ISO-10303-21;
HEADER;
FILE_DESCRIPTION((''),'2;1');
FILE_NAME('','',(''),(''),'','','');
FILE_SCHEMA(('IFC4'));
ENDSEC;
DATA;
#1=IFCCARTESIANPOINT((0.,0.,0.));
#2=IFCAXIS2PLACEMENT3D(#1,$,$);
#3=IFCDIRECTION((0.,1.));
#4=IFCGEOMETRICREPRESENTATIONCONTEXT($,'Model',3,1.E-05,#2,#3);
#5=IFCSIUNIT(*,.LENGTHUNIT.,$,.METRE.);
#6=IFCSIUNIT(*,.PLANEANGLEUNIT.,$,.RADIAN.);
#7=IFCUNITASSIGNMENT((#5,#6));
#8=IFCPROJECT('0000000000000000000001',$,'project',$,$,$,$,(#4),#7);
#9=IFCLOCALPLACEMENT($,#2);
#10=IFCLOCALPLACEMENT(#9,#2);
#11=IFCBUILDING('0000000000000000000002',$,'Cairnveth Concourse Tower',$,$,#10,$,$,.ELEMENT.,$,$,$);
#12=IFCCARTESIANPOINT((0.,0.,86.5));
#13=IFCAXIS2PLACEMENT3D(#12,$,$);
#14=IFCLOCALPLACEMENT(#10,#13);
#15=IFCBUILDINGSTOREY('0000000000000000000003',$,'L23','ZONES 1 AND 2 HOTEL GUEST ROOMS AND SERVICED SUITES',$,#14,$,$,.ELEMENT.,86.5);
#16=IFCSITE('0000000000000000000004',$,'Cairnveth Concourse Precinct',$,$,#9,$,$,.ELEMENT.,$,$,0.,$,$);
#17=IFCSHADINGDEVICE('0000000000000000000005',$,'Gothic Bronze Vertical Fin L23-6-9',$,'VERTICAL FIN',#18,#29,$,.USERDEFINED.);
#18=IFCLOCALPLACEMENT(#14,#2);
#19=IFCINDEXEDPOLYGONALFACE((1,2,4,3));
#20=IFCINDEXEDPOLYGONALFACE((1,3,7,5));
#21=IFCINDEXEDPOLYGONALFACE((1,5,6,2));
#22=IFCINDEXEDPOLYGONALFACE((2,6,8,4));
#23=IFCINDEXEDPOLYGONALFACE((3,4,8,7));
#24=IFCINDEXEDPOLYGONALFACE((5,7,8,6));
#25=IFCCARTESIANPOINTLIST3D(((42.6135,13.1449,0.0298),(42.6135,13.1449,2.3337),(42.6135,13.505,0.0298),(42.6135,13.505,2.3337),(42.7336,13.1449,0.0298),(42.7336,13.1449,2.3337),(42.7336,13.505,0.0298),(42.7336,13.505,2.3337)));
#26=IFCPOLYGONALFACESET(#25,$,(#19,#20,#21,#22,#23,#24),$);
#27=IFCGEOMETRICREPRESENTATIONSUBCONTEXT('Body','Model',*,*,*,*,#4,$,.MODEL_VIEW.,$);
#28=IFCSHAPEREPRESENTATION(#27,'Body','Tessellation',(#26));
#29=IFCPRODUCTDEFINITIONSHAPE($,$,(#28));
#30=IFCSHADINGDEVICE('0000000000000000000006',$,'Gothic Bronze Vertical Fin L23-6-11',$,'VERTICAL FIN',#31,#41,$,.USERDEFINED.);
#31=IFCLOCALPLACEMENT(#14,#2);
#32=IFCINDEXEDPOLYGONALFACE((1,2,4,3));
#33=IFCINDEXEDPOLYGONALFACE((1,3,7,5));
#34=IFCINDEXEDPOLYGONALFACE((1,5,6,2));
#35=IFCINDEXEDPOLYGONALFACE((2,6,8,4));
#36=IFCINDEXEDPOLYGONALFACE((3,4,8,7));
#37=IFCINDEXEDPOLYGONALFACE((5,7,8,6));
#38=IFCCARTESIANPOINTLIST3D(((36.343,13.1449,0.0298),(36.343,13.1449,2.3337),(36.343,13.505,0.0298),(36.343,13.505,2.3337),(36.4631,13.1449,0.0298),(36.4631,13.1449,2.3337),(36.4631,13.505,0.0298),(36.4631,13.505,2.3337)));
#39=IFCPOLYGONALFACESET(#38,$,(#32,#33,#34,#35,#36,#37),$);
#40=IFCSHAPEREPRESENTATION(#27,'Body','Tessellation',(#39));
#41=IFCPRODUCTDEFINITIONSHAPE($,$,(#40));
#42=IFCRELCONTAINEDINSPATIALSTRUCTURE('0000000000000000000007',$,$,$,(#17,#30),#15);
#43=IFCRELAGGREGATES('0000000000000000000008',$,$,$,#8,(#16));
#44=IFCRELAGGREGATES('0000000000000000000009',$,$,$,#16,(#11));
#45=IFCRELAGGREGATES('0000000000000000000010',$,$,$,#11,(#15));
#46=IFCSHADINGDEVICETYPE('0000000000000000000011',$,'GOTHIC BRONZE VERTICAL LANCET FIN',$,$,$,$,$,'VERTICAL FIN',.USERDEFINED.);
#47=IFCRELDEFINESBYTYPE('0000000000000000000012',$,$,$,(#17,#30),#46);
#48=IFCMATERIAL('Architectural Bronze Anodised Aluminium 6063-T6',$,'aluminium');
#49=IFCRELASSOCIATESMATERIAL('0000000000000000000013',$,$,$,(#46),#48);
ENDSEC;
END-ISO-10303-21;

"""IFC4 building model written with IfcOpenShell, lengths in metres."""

from ifc_helpers import new_model, si_unit, direction, frame, origin, origin_2d, place, context, subcontext, project, spatial, rectangle, extrude, material, type_object, element, save


model = new_model("IFC4")

# Units and contexts
model_context = context("Model", 3, precision=1e-05, world=origin(), true_north=direction((0.0, 1.0)))
body_context = subcontext(model_context, "Body", "Model", "MODEL_VIEW")
ifc_project = project(units=[si_unit("LENGTHUNIT", "METRE"), si_unit("PLANEANGLEUNIT", "RADIAN")], contexts=[model_context])

# Site, building, storey
site_placement = place(None, origin())
site = spatial("IfcSite", under=ifc_project, at=site_placement, Name="Cairnveth Concourse Precinct", CompositionType="ELEMENT", RefElevation=0.0)
building_placement = place(site_placement, origin())
building = spatial("IfcBuilding", under=site, at=building_placement, Name="Cairnveth Concourse Tower", CompositionType="ELEMENT")
storey_placement = place(building_placement, frame((0.0, 0.0, 86.5)))
storey = spatial("IfcBuildingStorey", under=building, at=storey_placement, Name="L23", Description="ZONES 1 AND 2 HOTEL GUEST ROOMS AND SERVICED SUITES", CompositionType="ELEMENT", Elevation=86.5)

# Shading devices
ifc_material_1 = material(Name="Architectural Bronze Anodised Aluminium 6063-T6", Category="aluminium")
shading_device_type = type_object("IfcShadingDeviceType", Name="GOTHIC BRONZE VERTICAL LANCET FIN", ElementType="VERTICAL FIN", PredefinedType="USERDEFINED", material=ifc_material_1)
for number, where, z_axis, x_axis, name in (
    (1, (42.6736, 13.325, 0.0298), (0.0, 0.0, 1.0), (1.0, 0.0, 0.0), "Gothic Bronze Vertical Fin L23-6-9"),
    (2, (36.4031, 13.325, 0.0298), (0.0, 0.0, 1.0), (1.0, 0.0, 0.0), "Gothic Bronze Vertical Fin L23-6-11"),
):
    element("IfcShadingDevice", number, at=place(storey_placement, frame(where, z_axis=z_axis, x_axis=x_axis)), inside=storey, type_object=shading_device_type, Name=name, ObjectType="VERTICAL FIN", PredefinedType="USERDEFINED", context=body_context, shape_type="SweptSolid", body=[
        extrude(rectangle(XDim=0.1201, YDim=0.3601, at=origin_2d()), origin(), (0.0, 0.0, 1.0), 2.304),
    ])

save(model, "model.ifc")
